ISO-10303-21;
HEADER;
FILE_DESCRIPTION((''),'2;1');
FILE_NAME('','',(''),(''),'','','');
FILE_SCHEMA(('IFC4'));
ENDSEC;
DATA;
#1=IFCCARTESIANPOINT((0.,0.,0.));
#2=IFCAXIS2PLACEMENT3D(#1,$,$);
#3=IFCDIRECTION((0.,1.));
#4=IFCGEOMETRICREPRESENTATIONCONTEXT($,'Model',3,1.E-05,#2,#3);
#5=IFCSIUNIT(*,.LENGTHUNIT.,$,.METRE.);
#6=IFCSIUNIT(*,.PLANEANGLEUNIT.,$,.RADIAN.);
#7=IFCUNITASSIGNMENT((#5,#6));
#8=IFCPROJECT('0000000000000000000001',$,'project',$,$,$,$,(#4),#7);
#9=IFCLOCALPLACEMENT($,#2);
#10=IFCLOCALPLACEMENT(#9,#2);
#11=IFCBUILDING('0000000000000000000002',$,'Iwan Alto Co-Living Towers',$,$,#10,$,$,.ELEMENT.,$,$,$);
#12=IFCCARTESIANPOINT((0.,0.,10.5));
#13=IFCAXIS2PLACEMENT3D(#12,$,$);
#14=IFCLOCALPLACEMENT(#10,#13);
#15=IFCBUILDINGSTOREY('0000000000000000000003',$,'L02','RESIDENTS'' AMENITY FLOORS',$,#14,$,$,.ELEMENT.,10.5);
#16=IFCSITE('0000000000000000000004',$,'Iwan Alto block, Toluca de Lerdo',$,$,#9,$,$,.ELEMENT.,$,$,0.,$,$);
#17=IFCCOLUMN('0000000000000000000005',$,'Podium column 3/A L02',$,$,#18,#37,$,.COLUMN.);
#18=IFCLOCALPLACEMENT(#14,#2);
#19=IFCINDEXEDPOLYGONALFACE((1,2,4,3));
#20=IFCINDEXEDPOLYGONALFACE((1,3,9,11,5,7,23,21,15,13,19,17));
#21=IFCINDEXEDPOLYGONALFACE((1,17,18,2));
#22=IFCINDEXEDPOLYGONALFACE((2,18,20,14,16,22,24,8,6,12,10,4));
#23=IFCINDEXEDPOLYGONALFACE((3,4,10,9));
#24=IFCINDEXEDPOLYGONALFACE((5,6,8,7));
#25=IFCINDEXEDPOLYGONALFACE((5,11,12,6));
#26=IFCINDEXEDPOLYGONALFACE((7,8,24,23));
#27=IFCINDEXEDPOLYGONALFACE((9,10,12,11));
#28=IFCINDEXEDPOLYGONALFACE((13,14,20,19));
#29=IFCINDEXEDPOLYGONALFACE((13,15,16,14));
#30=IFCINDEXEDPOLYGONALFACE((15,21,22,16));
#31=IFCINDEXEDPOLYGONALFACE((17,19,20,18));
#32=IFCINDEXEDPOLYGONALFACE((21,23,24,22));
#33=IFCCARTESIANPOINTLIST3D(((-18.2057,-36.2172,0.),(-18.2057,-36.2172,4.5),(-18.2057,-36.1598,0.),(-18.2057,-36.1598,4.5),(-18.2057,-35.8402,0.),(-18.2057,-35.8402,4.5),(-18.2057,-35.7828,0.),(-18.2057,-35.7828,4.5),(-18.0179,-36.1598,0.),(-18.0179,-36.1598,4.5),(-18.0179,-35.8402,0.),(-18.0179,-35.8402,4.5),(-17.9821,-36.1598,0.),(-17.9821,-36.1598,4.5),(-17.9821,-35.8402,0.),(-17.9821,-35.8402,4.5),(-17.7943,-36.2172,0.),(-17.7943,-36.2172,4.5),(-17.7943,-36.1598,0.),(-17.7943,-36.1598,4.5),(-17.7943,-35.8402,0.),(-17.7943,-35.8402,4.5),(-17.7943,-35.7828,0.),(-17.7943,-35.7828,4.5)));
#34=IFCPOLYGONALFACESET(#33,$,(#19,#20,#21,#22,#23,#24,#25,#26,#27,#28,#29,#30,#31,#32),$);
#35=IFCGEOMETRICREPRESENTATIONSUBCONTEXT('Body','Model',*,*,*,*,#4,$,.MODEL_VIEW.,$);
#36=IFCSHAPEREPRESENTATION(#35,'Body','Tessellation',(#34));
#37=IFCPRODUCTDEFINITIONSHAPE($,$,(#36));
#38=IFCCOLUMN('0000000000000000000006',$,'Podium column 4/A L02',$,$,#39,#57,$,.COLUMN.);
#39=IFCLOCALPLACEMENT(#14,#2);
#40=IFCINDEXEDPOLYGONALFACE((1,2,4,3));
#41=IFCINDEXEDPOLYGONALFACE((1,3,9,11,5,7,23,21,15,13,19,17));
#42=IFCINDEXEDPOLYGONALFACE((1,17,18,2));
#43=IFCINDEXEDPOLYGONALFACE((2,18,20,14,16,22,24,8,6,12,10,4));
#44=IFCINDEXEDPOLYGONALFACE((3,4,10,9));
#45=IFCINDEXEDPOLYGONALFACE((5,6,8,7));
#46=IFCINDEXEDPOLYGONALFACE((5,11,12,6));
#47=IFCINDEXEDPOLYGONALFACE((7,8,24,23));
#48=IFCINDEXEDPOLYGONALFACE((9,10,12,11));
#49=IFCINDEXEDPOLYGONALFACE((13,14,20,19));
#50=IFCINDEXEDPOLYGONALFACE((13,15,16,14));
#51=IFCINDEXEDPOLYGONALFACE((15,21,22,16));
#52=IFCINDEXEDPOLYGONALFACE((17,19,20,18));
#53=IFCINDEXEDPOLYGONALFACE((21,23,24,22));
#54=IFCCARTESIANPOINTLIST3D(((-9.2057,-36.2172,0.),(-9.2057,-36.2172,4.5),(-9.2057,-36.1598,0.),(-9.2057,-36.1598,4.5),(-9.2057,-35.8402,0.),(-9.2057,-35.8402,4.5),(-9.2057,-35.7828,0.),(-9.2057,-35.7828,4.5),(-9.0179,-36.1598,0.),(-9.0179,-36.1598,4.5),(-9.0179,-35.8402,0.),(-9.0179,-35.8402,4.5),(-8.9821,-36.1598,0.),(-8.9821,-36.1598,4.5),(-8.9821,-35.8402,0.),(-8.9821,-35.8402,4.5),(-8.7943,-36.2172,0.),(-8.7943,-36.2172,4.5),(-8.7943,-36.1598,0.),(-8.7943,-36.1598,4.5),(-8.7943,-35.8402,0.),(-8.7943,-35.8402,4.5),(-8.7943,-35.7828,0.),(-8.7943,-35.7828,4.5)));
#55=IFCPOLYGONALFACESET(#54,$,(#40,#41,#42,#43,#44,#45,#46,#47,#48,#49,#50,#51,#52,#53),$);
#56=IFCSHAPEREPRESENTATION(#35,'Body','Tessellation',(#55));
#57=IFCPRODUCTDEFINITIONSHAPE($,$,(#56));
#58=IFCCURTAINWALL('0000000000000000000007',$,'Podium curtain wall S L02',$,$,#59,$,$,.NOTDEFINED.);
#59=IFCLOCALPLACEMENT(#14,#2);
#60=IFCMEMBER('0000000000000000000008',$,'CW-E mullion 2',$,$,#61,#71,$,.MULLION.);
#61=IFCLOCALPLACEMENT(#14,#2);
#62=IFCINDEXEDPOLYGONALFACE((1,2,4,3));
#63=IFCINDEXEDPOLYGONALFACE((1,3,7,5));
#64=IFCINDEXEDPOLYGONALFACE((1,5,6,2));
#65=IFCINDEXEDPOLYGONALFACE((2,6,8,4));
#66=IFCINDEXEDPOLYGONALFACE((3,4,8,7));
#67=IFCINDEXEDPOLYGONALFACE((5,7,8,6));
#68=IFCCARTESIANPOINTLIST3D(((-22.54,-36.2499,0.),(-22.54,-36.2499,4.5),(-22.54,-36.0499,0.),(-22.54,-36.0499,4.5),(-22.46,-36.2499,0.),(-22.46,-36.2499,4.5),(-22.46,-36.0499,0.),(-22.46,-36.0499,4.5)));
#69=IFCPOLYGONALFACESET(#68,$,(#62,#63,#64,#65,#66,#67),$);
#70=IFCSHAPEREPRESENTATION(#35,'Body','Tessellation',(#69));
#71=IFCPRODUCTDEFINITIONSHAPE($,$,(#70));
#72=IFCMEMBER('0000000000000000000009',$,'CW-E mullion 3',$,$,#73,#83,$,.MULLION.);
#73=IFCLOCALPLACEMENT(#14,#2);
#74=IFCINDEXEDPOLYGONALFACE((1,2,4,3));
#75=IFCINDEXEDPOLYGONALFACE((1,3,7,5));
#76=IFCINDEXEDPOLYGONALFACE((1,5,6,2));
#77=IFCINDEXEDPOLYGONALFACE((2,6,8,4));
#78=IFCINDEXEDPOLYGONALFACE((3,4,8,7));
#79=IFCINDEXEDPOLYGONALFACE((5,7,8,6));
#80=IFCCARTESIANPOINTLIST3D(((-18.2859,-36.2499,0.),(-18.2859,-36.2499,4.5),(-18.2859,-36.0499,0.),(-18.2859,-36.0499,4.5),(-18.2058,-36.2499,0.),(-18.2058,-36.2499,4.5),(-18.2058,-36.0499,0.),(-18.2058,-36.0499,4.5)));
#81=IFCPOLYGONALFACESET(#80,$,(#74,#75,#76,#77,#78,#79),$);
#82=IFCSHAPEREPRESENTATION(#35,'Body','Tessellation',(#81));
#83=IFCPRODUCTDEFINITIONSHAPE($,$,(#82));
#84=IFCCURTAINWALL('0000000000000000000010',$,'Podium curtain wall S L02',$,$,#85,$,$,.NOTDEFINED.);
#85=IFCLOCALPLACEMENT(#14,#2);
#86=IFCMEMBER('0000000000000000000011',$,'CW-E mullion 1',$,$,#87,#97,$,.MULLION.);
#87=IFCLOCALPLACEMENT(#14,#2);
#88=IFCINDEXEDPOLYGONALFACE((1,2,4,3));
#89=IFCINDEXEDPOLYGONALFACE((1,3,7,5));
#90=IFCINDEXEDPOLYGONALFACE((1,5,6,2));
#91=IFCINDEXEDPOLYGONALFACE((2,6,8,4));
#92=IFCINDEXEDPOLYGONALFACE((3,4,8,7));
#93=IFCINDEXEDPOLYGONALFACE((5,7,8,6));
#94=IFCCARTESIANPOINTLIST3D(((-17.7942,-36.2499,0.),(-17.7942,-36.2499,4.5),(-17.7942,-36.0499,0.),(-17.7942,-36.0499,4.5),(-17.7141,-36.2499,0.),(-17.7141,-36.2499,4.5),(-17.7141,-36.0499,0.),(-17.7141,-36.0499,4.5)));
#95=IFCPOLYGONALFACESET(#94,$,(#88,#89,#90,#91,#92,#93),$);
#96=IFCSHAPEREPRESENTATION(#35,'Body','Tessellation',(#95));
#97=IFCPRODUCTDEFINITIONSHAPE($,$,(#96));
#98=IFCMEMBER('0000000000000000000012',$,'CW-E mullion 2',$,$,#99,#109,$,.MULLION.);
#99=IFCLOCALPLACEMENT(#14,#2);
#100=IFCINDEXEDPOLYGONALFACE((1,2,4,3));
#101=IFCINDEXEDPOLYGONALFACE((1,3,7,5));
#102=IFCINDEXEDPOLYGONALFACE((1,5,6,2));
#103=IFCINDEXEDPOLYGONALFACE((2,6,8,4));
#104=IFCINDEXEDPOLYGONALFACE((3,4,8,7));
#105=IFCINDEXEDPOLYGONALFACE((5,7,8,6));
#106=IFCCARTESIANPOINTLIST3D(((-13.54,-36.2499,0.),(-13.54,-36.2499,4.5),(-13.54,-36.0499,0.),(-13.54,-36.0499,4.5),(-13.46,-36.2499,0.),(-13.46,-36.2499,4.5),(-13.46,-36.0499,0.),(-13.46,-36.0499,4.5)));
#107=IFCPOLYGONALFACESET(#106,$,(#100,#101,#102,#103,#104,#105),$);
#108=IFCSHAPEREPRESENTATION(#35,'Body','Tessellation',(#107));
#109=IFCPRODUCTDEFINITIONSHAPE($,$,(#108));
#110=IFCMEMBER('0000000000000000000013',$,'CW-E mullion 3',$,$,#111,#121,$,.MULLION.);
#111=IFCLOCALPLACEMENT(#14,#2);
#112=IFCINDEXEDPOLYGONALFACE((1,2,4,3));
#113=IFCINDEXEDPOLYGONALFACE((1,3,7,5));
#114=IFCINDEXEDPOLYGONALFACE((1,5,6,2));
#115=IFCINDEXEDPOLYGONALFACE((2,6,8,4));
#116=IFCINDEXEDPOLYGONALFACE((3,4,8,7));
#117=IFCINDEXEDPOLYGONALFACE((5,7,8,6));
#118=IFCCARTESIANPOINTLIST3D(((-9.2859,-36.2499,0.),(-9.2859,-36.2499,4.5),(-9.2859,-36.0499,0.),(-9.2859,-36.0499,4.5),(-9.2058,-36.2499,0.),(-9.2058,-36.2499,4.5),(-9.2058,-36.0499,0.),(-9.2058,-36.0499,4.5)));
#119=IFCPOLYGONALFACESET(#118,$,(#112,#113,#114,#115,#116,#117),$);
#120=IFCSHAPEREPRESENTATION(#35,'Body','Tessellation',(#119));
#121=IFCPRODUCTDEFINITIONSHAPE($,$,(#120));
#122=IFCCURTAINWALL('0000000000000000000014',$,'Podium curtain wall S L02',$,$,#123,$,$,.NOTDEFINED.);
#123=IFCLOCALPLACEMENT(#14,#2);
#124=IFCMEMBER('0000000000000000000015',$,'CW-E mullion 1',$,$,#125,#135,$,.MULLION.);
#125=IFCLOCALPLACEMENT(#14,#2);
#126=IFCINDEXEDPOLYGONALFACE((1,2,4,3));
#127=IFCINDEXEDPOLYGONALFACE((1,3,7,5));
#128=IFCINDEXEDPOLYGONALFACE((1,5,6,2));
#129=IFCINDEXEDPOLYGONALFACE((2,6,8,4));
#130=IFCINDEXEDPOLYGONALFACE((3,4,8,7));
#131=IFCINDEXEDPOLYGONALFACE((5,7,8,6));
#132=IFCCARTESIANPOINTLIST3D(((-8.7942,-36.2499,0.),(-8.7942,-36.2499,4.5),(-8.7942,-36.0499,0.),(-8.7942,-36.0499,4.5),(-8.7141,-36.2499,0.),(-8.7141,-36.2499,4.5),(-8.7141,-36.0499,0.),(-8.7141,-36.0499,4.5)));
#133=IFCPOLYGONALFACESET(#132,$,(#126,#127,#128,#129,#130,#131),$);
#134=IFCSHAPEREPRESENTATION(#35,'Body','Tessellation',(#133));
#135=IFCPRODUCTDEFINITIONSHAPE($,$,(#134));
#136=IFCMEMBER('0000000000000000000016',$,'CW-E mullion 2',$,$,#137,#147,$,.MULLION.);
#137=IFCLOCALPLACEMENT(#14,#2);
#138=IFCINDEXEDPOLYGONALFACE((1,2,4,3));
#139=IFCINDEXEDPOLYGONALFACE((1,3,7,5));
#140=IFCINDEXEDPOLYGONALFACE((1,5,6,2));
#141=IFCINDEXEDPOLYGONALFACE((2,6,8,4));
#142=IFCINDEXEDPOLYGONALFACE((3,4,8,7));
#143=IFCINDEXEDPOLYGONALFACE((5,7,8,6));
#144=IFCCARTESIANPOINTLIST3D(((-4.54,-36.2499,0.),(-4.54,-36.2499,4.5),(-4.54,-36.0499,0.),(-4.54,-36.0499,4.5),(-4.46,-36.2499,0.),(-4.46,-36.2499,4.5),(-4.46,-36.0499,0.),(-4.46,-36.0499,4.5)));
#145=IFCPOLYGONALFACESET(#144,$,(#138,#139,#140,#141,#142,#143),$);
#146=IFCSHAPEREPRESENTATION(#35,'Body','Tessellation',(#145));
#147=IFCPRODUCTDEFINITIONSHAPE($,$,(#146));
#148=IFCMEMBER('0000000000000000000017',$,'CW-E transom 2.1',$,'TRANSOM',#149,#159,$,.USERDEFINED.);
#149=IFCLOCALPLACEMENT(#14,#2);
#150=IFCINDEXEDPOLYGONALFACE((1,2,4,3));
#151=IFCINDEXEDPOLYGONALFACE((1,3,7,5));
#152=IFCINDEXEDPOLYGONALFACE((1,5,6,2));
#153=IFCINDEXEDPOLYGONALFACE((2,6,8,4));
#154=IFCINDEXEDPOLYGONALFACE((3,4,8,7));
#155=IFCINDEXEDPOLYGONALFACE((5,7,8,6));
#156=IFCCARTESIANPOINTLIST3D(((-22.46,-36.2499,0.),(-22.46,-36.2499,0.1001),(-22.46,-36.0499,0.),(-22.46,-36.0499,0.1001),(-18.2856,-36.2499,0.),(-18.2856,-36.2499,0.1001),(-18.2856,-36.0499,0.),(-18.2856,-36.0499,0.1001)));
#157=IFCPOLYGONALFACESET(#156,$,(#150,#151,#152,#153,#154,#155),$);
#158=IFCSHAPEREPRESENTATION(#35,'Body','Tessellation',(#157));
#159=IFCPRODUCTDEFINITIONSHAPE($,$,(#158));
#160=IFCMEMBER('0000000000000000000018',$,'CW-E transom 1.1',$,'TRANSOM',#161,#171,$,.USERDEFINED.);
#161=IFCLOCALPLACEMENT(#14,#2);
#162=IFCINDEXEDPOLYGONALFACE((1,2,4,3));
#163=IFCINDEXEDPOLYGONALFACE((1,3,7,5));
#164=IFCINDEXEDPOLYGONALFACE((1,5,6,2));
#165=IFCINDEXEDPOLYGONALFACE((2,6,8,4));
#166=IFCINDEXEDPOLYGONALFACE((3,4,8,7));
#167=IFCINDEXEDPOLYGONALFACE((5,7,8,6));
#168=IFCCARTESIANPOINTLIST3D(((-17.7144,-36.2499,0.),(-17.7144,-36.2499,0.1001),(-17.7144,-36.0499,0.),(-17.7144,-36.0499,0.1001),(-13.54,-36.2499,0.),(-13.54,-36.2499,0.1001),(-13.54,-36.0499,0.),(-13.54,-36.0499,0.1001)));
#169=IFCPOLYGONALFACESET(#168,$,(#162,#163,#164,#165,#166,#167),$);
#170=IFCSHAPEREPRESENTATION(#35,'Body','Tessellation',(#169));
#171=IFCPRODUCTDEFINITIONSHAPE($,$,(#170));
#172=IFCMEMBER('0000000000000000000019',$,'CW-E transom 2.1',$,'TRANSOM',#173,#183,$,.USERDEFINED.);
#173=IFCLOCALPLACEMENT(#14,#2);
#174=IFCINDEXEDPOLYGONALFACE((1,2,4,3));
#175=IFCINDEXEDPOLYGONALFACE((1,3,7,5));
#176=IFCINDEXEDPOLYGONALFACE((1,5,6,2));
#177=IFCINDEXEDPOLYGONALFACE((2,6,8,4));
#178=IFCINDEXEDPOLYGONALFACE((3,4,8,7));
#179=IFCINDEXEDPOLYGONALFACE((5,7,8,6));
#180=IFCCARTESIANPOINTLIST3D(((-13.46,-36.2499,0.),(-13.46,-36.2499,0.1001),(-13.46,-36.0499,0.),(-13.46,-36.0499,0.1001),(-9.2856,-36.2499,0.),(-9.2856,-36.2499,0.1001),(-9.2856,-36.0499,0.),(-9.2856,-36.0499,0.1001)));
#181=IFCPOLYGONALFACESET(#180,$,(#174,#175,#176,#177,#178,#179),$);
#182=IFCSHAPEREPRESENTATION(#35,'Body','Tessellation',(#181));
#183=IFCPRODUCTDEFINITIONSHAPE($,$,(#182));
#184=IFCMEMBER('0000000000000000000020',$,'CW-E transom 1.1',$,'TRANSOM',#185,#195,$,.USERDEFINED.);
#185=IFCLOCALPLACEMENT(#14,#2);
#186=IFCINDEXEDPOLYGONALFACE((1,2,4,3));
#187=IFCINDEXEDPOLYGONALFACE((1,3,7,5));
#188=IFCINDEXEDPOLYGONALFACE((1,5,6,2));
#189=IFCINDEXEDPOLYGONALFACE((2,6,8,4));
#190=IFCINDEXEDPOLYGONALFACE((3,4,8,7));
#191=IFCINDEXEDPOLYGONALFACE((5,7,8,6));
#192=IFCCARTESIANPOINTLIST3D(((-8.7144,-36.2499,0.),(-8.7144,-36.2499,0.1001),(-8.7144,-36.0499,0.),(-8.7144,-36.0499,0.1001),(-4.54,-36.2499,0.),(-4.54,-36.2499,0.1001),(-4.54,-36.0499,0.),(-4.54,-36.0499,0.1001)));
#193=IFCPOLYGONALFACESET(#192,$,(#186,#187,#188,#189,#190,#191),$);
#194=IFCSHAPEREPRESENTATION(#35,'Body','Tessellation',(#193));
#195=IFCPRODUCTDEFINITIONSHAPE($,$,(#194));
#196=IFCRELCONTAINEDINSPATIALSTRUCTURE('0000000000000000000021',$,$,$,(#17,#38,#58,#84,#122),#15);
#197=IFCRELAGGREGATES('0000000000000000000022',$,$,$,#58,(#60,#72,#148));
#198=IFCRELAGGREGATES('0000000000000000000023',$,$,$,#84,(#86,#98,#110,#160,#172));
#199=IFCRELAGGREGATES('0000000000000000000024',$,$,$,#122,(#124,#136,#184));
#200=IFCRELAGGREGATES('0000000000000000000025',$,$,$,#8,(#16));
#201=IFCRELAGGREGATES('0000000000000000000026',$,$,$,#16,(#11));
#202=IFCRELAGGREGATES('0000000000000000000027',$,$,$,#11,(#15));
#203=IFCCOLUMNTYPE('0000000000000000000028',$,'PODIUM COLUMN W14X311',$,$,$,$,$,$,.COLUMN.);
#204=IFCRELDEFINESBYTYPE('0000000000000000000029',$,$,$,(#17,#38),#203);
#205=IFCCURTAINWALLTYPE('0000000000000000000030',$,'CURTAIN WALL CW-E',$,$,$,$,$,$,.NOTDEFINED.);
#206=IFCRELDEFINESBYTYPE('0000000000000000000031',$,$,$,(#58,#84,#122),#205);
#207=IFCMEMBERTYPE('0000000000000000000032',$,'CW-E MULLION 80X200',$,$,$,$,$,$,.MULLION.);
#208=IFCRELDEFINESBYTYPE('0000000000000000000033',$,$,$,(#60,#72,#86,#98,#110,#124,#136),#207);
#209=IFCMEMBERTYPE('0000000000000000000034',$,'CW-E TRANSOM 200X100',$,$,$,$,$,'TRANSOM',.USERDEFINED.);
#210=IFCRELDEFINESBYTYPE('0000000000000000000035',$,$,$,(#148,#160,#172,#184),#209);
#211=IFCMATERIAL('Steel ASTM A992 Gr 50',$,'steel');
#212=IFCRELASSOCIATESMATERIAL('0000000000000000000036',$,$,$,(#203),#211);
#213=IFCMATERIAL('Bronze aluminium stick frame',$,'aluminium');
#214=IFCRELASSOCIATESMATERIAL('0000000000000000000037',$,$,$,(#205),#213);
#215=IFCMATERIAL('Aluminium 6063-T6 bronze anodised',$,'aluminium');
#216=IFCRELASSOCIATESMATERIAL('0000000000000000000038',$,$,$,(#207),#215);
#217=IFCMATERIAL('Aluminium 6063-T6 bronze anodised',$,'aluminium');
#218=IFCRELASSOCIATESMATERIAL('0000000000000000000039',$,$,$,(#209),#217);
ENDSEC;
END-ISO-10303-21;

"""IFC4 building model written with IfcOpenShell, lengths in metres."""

from ifc_helpers import new_model, si_unit, direction, frame, origin, origin_2d, place, context, subcontext, project, spatial, rectangle, i_section, extrude, material, material_profile, profile_set, type_object, element, aggregate, save


model = new_model("IFC4")

# Units and contexts
model_context = context("Model", 3, precision=1e-05, world=origin(), true_north=direction((0.0, 1.0)))
body_context = subcontext(model_context, "Body", "Model", "MODEL_VIEW")
ifc_project = project(units=[si_unit("LENGTHUNIT", "METRE"), si_unit("PLANEANGLEUNIT", "RADIAN")], contexts=[model_context])

# Site, building, storey
site_placement = place(None, origin())
site = spatial("IfcSite", under=ifc_project, at=site_placement, Name="Iwan Alto block, Toluca de Lerdo", CompositionType="ELEMENT", RefElevation=0.0)
building_placement = place(site_placement, origin())
building = spatial("IfcBuilding", under=site, at=building_placement, Name="Iwan Alto Co-Living Towers", CompositionType="ELEMENT")
storey_placement = place(building_placement, frame((0.0, 0.0, 10.5)))
storey = spatial("IfcBuildingStorey", under=building, at=storey_placement, Name="L02", Description="RESIDENTS' AMENITY FLOORS", CompositionType="ELEMENT", Elevation=10.5)

# Columns
ifc_material_1 = material(Name="Steel ASTM A992 Gr 50", Category="steel")
ifc_material_profile_1 = material_profile(ifc_material_1, i_section(OverallWidth=0.4114, OverallDepth=0.4343, WebThickness=0.0359, FlangeThickness=0.0574, at=origin_2d()), Name="W14X311")
ifc_profile_set_1 = profile_set([ifc_material_profile_1], Name="Steel ASTM A992 Gr 50")
column_type = type_object("IfcColumnType", Name="PODIUM COLUMN W14X311", PredefinedType="COLUMN", material=ifc_profile_set_1)
for number, where, z_axis, x_axis, name in (
    (1, (-18.0, -36.0, 0.0), (0.0, 0.0, 1.0), (1.0, 0.0, 0.0), "Podium column 3/A L02"),
    (2, (-9.0, -36.0, 0.0), (0.0, 0.0, 1.0), (1.0, 0.0, 0.0), "Podium column 4/A L02"),
):
    element("IfcColumn", number, at=place(storey_placement, frame(where, z_axis=z_axis, x_axis=x_axis)), inside=storey, type_object=column_type, Name=name, PredefinedType="COLUMN", context=body_context, shape_type="SweptSolid", body=[
        extrude(i_section(OverallWidth=0.4114, OverallDepth=0.4343, WebThickness=0.0359, FlangeThickness=0.0574, at=origin_2d()), origin(), (0.0, 0.0, 1.0), 4.5),
    ])

# Curtain walls, members
ifc_material_2 = material(Name="Bronze aluminium stick frame", Category="aluminium")
curtain_wall_type = type_object("IfcCurtainWallType", Name="CURTAIN WALL CW-E", PredefinedType="NOTDEFINED", material=ifc_material_2)
curtain_wall_1_placement = place(storey_placement, origin())
curtain_wall_1 = element("IfcCurtainWall", 3, at=curtain_wall_1_placement, inside=storey, type_object=curtain_wall_type, Name="Podium curtain wall S L02", PredefinedType="NOTDEFINED")
ifc_material_3 = material(Name="Aluminium 6063-T6 bronze anodised", Category="aluminium")
ifc_material_profile_2 = material_profile(ifc_material_3, rectangle(XDim=0.2, YDim=0.0801, at=origin_2d()), Name="AL 80X200")
ifc_profile_set_2 = profile_set([ifc_material_profile_2], Name="Aluminium 6063-T6 bronze anodised")
member_type_1 = type_object("IfcMemberType", Name="CW-E MULLION 80X200", PredefinedType="MULLION", material=ifc_profile_set_2)
member_1_placement = place(storey_placement, frame((-22.5, -36.1499, 0.0), z_axis=(0.0, 0.0, 1.0), x_axis=(0.0, 1.0, 0.0)))
member_1 = element("IfcMember", 4, at=member_1_placement, type_object=member_type_1, Name="CW-E mullion 2", PredefinedType="MULLION", context=body_context, shape_type="SweptSolid", body=[
    extrude(rectangle(XDim=0.2, YDim=0.0801, at=origin_2d()), origin(), (0.0, 0.0, 1.0), 4.5),
])
member_2_placement = place(storey_placement, frame((-18.2458, -36.1499, 0.0), z_axis=(0.0, 0.0, 1.0), x_axis=(0.0, 1.0, 0.0)))
member_2 = element("IfcMember", 5, at=member_2_placement, type_object=member_type_1, Name="CW-E mullion 3", PredefinedType="MULLION", context=body_context, shape_type="SweptSolid", body=[
    extrude(rectangle(XDim=0.2, YDim=0.0801, at=origin_2d()), origin(), (0.0, 0.0, 1.0), 4.5),
])
curtain_wall_2_placement = place(storey_placement, origin())
curtain_wall_2 = element("IfcCurtainWall", 6, at=curtain_wall_2_placement, inside=storey, type_object=curtain_wall_type, Name="Podium curtain wall S L02", PredefinedType="NOTDEFINED")
member_3_placement = place(storey_placement, frame((-17.7542, -36.1499, 0.0), z_axis=(0.0, 0.0, 1.0), x_axis=(0.0, 1.0, 0.0)))
member_3 = element("IfcMember", 7, at=member_3_placement, type_object=member_type_1, Name="CW-E mullion 1", PredefinedType="MULLION", context=body_context, shape_type="SweptSolid", body=[
    extrude(rectangle(XDim=0.2, YDim=0.0801, at=origin_2d()), origin(), (0.0, 0.0, 1.0), 4.5),
])
member_4_placement = place(storey_placement, frame((-13.5, -36.1499, 0.0), z_axis=(0.0, 0.0, 1.0), x_axis=(0.0, 1.0, 0.0)))
member_4 = element("IfcMember", 8, at=member_4_placement, type_object=member_type_1, Name="CW-E mullion 2", PredefinedType="MULLION", context=body_context, shape_type="SweptSolid", body=[
    extrude(rectangle(XDim=0.2, YDim=0.0801, at=origin_2d()), origin(), (0.0, 0.0, 1.0), 4.5),
])
member_5_placement = place(storey_placement, frame((-9.2458, -36.1499, 0.0), z_axis=(0.0, 0.0, 1.0), x_axis=(0.0, 1.0, 0.0)))
member_5 = element("IfcMember", 9, at=member_5_placement, type_object=member_type_1, Name="CW-E mullion 3", PredefinedType="MULLION", context=body_context, shape_type="SweptSolid", body=[
    extrude(rectangle(XDim=0.2, YDim=0.0801, at=origin_2d()), origin(), (0.0, 0.0, 1.0), 4.5),
])
curtain_wall_3_placement = place(storey_placement, origin())
curtain_wall_3 = element("IfcCurtainWall", 10, at=curtain_wall_3_placement, inside=storey, type_object=curtain_wall_type, Name="Podium curtain wall S L02", PredefinedType="NOTDEFINED")
member_6_placement = place(storey_placement, frame((-8.7542, -36.1499, 0.0), z_axis=(0.0, 0.0, 1.0), x_axis=(0.0, 1.0, 0.0)))
member_6 = element("IfcMember", 11, at=member_6_placement, type_object=member_type_1, Name="CW-E mullion 1", PredefinedType="MULLION", context=body_context, shape_type="SweptSolid", body=[
    extrude(rectangle(XDim=0.2, YDim=0.0801, at=origin_2d()), origin(), (0.0, 0.0, 1.0), 4.5),
])
member_7_placement = place(storey_placement, frame((-4.5, -36.1499, 0.0), z_axis=(0.0, 0.0, 1.0), x_axis=(0.0, 1.0, 0.0)))
member_7 = element("IfcMember", 12, at=member_7_placement, type_object=member_type_1, Name="CW-E mullion 2", PredefinedType="MULLION", context=body_context, shape_type="SweptSolid", body=[
    extrude(rectangle(XDim=0.2, YDim=0.0801, at=origin_2d()), origin(), (0.0, 0.0, 1.0), 4.5),
])

# Members
ifc_material_4 = material(Name="Aluminium 6063-T6 bronze anodised", Category="aluminium")
ifc_material_profile_3 = material_profile(ifc_material_4, rectangle(XDim=0.2, YDim=0.1001, at=origin_2d()), Name="AL 200X100")
ifc_profile_set_3 = profile_set([ifc_material_profile_3], Name="Aluminium 6063-T6 bronze anodised")
member_type_2 = type_object("IfcMemberType", Name="CW-E TRANSOM 200X100", ElementType="TRANSOM", PredefinedType="USERDEFINED", material=ifc_profile_set_3)
member_8_placement = place(storey_placement, frame((-22.46, -36.1499, 0.05), z_axis=(1.0, 0.0, 0.0), x_axis=(0.0, 1.0, 0.0)))
member_8 = element("IfcMember", 13, at=member_8_placement, type_object=member_type_2, Name="CW-E transom 2.1", ObjectType="TRANSOM", PredefinedType="USERDEFINED", context=body_context, shape_type="SweptSolid", body=[
    extrude(rectangle(XDim=0.2, YDim=0.1001, at=origin_2d()), origin(), (0.0, 0.0, 1.0), 4.1743),
])
member_9_placement = place(storey_placement, frame((-17.7144, -36.1499, 0.05), z_axis=(1.0, 0.0, 0.0), x_axis=(0.0, 1.0, 0.0)))
member_9 = element("IfcMember", 14, at=member_9_placement, type_object=member_type_2, Name="CW-E transom 1.1", ObjectType="TRANSOM", PredefinedType="USERDEFINED", context=body_context, shape_type="SweptSolid", body=[
    extrude(rectangle(XDim=0.2, YDim=0.1001, at=origin_2d()), origin(), (0.0, 0.0, 1.0), 4.1743),
])
member_10_placement = place(storey_placement, frame((-13.46, -36.1499, 0.05), z_axis=(1.0, 0.0, 0.0), x_axis=(0.0, 1.0, 0.0)))
member_10 = element("IfcMember", 15, at=member_10_placement, type_object=member_type_2, Name="CW-E transom 2.1", ObjectType="TRANSOM", PredefinedType="USERDEFINED", context=body_context, shape_type="SweptSolid", body=[
    extrude(rectangle(XDim=0.2, YDim=0.1001, at=origin_2d()), origin(), (0.0, 0.0, 1.0), 4.1743),
])
member_11_placement = place(storey_placement, frame((-8.7144, -36.1499, 0.05), z_axis=(1.0, 0.0, 0.0), x_axis=(0.0, 1.0, 0.0)))
member_11 = element("IfcMember", 16, at=member_11_placement, type_object=member_type_2, Name="CW-E transom 1.1", ObjectType="TRANSOM", PredefinedType="USERDEFINED", context=body_context, shape_type="SweptSolid", body=[
    extrude(rectangle(XDim=0.2, YDim=0.1001, at=origin_2d()), origin(), (0.0, 0.0, 1.0), 4.1743),
])

aggregate(curtain_wall_1, [member_1, member_2, member_8])
aggregate(curtain_wall_2, [member_3, member_4, member_5, member_9, member_10])
aggregate(curtain_wall_3, [member_6, member_7, member_11])

save(model, "model.ifc")
